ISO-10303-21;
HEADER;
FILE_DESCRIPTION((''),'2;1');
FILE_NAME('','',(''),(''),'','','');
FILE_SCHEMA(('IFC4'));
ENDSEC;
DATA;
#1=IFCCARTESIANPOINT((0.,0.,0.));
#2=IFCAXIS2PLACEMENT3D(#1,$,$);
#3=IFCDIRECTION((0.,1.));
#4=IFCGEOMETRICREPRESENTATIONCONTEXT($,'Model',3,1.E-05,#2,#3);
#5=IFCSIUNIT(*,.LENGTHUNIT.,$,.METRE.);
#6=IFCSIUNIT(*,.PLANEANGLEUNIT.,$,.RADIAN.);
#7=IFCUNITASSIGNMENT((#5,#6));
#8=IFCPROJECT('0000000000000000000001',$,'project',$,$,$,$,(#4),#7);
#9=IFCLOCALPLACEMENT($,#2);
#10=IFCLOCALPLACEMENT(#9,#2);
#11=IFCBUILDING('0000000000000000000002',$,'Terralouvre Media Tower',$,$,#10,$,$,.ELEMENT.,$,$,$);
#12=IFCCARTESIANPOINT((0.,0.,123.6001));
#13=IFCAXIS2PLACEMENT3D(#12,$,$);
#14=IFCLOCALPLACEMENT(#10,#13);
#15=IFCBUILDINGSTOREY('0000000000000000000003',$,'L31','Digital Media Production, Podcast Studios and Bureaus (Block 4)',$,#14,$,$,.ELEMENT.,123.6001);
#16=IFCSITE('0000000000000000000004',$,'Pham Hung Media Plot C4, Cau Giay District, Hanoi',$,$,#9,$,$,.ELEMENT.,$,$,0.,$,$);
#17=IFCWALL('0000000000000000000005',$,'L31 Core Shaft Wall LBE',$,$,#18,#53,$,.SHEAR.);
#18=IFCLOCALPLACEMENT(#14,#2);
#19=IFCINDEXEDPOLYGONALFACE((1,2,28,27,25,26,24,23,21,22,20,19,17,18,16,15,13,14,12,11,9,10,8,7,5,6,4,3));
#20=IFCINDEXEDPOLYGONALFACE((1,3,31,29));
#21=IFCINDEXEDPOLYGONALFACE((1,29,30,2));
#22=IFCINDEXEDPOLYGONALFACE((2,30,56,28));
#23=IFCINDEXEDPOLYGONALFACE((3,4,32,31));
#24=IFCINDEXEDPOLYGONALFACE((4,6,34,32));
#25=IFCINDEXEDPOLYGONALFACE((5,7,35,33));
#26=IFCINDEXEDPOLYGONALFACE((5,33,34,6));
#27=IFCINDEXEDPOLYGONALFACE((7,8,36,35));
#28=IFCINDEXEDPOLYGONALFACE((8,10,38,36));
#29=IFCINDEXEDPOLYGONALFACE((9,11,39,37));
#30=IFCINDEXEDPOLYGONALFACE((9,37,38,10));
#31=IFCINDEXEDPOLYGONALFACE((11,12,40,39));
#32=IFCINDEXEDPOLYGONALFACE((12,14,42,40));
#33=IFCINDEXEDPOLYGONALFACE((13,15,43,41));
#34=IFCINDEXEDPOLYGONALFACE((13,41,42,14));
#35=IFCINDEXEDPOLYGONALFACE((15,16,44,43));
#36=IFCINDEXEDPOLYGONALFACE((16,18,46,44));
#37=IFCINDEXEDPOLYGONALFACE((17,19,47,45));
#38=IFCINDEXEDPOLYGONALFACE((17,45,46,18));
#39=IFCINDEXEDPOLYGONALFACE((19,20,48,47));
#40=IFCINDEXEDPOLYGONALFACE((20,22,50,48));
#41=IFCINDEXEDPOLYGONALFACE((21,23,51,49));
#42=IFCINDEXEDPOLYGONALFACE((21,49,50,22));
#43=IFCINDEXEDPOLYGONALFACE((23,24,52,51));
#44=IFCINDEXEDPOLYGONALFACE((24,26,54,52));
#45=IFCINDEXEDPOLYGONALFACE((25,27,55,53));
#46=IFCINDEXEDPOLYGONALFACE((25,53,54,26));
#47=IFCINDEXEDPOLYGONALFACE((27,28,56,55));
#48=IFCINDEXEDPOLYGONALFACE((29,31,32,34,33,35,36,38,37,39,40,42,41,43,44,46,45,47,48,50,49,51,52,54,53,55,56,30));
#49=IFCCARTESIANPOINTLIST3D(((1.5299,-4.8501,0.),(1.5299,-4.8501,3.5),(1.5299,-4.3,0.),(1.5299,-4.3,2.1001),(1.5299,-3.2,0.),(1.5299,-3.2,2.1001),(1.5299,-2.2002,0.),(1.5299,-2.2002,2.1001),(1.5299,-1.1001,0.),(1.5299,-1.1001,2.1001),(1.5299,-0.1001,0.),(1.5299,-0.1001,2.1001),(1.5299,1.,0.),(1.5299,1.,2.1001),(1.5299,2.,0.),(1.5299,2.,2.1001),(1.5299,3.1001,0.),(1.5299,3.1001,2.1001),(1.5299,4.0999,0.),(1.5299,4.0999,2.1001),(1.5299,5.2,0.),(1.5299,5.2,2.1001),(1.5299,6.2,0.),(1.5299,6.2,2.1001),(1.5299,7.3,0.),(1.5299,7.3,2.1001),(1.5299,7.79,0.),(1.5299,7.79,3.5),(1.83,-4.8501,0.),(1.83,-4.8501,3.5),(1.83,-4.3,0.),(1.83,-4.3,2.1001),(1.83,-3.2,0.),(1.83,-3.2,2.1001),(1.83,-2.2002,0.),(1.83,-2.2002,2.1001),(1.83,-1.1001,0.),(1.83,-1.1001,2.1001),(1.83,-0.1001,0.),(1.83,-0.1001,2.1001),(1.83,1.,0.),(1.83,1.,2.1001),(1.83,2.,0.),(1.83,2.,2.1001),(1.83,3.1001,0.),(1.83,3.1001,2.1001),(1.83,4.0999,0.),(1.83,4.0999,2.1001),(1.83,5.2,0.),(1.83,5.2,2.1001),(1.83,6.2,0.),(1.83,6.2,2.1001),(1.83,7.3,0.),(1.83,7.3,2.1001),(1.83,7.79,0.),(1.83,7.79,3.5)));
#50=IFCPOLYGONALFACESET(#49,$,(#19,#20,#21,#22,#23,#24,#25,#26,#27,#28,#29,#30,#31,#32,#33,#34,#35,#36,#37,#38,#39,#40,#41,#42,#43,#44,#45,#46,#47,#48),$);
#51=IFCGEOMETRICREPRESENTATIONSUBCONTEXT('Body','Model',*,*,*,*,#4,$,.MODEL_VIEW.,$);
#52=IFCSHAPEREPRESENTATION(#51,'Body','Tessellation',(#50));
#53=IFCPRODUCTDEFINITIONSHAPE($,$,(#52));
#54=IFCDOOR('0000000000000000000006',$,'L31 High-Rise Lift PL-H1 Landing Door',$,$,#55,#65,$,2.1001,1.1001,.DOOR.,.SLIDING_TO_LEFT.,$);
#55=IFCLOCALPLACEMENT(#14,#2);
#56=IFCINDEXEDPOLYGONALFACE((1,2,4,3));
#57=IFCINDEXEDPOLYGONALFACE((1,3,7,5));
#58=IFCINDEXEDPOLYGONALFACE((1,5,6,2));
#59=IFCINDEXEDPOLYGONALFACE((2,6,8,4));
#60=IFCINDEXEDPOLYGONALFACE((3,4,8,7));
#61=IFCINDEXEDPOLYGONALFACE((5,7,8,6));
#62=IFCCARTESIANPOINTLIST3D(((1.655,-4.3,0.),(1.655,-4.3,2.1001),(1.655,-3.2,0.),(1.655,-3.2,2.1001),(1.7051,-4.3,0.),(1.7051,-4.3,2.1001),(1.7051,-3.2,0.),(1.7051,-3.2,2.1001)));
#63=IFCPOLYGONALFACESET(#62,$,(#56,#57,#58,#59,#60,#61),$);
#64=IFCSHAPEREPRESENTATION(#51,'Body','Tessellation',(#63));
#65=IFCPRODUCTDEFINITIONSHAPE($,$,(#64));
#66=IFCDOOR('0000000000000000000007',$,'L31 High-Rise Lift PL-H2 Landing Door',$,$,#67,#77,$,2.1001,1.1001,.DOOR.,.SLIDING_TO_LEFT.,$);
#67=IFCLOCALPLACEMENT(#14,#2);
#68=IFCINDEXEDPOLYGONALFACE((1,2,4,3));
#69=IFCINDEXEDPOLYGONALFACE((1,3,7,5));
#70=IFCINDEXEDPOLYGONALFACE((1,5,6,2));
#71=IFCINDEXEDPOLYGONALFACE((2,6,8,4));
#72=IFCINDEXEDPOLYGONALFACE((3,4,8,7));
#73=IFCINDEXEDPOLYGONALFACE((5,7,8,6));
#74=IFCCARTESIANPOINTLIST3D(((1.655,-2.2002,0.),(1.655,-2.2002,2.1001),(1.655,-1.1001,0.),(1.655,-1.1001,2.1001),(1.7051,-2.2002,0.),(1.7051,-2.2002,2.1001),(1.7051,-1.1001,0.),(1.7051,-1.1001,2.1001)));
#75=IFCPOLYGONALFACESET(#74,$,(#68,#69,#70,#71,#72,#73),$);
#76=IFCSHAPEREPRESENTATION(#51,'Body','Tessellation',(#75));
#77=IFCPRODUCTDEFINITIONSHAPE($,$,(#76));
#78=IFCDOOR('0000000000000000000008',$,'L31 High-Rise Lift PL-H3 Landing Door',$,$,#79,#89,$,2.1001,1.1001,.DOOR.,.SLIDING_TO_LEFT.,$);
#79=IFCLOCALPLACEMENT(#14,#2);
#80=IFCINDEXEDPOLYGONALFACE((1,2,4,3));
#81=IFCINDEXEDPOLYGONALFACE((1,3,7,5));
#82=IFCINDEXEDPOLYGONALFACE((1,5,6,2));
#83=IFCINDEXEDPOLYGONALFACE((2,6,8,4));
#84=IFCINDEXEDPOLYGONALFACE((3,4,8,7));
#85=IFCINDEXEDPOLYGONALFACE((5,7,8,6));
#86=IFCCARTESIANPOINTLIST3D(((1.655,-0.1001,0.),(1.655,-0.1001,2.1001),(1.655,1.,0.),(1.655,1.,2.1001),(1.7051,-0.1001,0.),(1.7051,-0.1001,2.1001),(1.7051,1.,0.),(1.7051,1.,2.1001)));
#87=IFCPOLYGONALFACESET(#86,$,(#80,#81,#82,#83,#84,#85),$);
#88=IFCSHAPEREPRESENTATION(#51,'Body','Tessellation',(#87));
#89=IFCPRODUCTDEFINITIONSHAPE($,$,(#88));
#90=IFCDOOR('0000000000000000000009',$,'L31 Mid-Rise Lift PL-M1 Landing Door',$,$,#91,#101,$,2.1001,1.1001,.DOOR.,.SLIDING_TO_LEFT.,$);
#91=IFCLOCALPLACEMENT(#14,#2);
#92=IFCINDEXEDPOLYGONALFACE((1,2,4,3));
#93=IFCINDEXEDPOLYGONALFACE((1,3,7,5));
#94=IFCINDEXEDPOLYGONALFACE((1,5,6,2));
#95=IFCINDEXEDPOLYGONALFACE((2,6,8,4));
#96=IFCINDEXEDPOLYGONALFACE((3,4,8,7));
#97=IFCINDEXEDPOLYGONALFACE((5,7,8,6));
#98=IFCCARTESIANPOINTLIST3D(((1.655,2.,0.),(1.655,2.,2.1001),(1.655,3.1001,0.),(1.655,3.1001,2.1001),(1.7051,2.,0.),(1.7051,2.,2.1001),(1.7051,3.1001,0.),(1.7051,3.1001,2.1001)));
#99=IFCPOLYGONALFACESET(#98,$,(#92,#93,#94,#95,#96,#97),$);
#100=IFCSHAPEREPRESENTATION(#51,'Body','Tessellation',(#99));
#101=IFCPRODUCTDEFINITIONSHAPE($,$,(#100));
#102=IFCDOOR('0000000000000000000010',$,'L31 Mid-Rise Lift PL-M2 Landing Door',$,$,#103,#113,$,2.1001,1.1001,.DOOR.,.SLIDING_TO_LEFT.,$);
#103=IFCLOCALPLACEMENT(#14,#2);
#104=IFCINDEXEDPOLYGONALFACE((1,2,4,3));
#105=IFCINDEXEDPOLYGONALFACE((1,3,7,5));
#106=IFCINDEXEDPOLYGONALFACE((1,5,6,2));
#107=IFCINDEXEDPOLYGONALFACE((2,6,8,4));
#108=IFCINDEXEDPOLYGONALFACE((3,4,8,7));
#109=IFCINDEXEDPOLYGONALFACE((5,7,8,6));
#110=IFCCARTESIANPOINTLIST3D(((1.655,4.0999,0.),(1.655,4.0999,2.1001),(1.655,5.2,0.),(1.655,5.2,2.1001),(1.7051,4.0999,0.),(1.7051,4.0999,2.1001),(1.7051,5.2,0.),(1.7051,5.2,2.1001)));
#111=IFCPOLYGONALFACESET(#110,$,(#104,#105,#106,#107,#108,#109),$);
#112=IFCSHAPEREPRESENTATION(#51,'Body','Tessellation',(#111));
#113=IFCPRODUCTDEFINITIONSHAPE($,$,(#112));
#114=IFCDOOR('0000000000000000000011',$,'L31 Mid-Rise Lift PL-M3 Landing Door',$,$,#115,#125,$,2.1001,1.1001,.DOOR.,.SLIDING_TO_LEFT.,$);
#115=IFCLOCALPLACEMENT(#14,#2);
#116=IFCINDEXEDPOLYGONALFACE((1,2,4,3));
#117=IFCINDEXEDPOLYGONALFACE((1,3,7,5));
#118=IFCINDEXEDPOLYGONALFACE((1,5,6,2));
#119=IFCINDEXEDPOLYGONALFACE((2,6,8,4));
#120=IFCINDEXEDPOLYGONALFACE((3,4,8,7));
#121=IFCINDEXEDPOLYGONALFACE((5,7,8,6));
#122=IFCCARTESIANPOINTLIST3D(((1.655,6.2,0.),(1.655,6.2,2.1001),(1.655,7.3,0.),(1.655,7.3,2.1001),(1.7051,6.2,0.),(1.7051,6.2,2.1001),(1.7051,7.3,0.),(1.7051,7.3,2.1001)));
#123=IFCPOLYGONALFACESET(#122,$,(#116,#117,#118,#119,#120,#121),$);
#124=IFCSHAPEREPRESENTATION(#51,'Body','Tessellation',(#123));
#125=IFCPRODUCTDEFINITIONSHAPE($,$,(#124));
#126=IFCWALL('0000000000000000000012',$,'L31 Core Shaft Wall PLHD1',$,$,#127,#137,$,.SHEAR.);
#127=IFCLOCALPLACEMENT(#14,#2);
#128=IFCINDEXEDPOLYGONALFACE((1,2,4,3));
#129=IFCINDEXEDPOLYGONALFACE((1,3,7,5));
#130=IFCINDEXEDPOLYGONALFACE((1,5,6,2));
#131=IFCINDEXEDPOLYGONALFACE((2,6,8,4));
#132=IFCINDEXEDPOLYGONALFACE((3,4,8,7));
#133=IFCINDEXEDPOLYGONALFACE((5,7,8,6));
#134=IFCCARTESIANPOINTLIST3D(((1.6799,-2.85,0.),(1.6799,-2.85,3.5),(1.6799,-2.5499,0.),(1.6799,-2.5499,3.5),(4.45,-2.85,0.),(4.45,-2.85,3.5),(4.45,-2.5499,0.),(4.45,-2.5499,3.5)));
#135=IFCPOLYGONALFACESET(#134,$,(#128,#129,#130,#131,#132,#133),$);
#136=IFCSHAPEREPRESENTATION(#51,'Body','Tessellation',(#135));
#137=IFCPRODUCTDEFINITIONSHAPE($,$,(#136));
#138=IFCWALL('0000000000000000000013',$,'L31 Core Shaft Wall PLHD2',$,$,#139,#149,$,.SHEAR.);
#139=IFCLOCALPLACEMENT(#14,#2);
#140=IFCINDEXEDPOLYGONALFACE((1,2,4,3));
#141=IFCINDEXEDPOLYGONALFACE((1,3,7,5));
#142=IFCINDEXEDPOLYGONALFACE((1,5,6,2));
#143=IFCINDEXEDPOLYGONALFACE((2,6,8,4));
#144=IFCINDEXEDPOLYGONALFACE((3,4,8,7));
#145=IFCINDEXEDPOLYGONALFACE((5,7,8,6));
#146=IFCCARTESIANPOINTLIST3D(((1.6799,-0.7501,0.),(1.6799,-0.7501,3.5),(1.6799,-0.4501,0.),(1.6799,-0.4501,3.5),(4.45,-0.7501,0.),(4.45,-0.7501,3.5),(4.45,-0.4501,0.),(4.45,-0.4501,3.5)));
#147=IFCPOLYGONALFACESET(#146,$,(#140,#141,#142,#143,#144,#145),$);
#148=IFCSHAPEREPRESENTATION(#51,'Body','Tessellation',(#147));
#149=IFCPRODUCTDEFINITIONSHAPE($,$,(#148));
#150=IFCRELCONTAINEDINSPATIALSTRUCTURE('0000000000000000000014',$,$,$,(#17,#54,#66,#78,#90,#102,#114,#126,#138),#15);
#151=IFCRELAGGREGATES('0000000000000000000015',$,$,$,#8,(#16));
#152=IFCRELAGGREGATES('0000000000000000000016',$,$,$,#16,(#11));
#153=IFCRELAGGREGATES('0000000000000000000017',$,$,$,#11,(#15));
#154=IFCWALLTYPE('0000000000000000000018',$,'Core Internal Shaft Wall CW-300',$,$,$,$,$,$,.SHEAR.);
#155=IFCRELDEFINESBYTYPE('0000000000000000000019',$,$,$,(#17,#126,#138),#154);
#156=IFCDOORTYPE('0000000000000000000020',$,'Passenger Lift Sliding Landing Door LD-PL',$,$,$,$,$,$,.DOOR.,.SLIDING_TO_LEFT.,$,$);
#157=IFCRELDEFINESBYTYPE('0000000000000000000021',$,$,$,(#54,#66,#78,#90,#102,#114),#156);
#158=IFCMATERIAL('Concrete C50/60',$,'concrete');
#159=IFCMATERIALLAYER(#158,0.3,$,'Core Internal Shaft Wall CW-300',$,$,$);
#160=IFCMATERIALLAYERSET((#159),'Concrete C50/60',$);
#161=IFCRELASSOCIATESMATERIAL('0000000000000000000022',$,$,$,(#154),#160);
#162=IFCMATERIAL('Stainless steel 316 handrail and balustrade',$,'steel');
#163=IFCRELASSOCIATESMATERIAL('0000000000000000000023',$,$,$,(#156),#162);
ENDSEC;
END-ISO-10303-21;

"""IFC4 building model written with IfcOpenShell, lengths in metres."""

from ifc_helpers import new_model, si_unit, direction, frame, frame_2d, origin, place, context, subcontext, project, spatial, rectangle, extrude, material, layer, layer_set, type_object, element, fill, save


model = new_model("IFC4")

# Units and contexts
model_context = context("Model", 3, precision=1e-05, world=origin(), true_north=direction((0.0, 1.0)))
body_context = subcontext(model_context, "Body", "Model", "MODEL_VIEW")
ifc_project = project(units=[si_unit("LENGTHUNIT", "METRE"), si_unit("PLANEANGLEUNIT", "RADIAN")], contexts=[model_context])

# Site, building, storey
site_placement = place(None, origin())
site = spatial("IfcSite", under=ifc_project, at=site_placement, Name="Pham Hung Media Plot C4, Cau Giay District, Hanoi", CompositionType="ELEMENT", RefElevation=0.0)
building_placement = place(site_placement, origin())
building = spatial("IfcBuilding", under=site, at=building_placement, Name="Terralouvre Media Tower", CompositionType="ELEMENT")
storey_placement = place(building_placement, frame((0.0, 0.0, 123.6001)))
storey = spatial("IfcBuildingStorey", under=building, at=storey_placement, Name="L31", Description="Digital Media Production, Podcast Studios and Bureaus (Block 4)", CompositionType="ELEMENT", Elevation=123.6001)

# Shared definitions
ifc_material_1 = material(Name="Concrete C50/60", Category="concrete")
ifc_layer_1 = layer(ifc_material_1, 0.3, Name="Core Internal Shaft Wall CW-300")
ifc_layer_set_1 = layer_set([ifc_layer_1], Name="Concrete C50/60")
wall_type_1 = type_object("IfcWallType", Name="Core Internal Shaft Wall CW-300", PredefinedType="SHEAR", material=ifc_layer_set_1)

# Wall, openings, doors
wall_1_placement = place(storey_placement, frame((1.6799, -4.8501, 0.0), z_axis=(0.0, 0.0, 1.0), x_axis=(0.0, 1.0, 0.0)))
wall_1 = element("IfcWall", 1, at=wall_1_placement, inside=storey, type_object=wall_type_1, Name="L31 Core Shaft Wall LBE", PredefinedType="SHEAR", context=body_context, shape_type="SweptSolid", body=[
    extrude(rectangle(XDim=12.6401, YDim=0.3, at=frame_2d((6.3201, 0.0))), origin(), (0.0, 0.0, 1.0), 3.5),
])
opening_1_placement = place(wall_1_placement, frame((0.55, 0.0, 0.0)))
opening_1 = element("IfcOpeningElement", 2, at=opening_1_placement, cuts=wall_1, PredefinedType="OPENING", context=body_context, shape_type="SweptSolid", body=[
    extrude(rectangle(XDim=1.1001, YDim=2.1001, at=frame_2d((0.55, 1.05))), frame((0.0, 0.1599, 0.0), z_axis=(0.0, -1.0, 0.0), x_axis=(1.0, 0.0, 0.0)), (0.0, 0.0, 1.0), 0.3201),
])
opening_2_placement = place(wall_1_placement, frame((2.6499, 0.0, 0.0)))
opening_2 = element("IfcOpeningElement", 3, at=opening_2_placement, cuts=wall_1, PredefinedType="OPENING", context=body_context, shape_type="SweptSolid", body=[
    extrude(rectangle(XDim=1.1001, YDim=2.1001, at=frame_2d((0.55, 1.05))), frame((0.0, 0.1599, 0.0), z_axis=(0.0, -1.0, 0.0), x_axis=(1.0, 0.0, 0.0)), (0.0, 0.0, 1.0), 0.3201),
])
opening_3_placement = place(wall_1_placement, frame((4.75, 0.0, 0.0)))
opening_3 = element("IfcOpeningElement", 4, at=opening_3_placement, cuts=wall_1, PredefinedType="OPENING", context=body_context, shape_type="SweptSolid", body=[
    extrude(rectangle(XDim=1.1001, YDim=2.1001, at=frame_2d((0.55, 1.05))), frame((0.0, 0.1599, 0.0), z_axis=(0.0, -1.0, 0.0), x_axis=(1.0, 0.0, 0.0)), (0.0, 0.0, 1.0), 0.3201),
])
opening_4_placement = place(wall_1_placement, frame((6.8501, 0.0, 0.0)))
opening_4 = element("IfcOpeningElement", 5, at=opening_4_placement, cuts=wall_1, PredefinedType="OPENING", context=body_context, shape_type="SweptSolid", body=[
    extrude(rectangle(XDim=1.1001, YDim=2.1001, at=frame_2d((0.55, 1.05))), frame((0.0, 0.1599, 0.0), z_axis=(0.0, -1.0, 0.0), x_axis=(1.0, 0.0, 0.0)), (0.0, 0.0, 1.0), 0.3201),
])
opening_5_placement = place(wall_1_placement, frame((8.95, 0.0, 0.0)))
opening_5 = element("IfcOpeningElement", 6, at=opening_5_placement, cuts=wall_1, PredefinedType="OPENING", context=body_context, shape_type="SweptSolid", body=[
    extrude(rectangle(XDim=1.1001, YDim=2.1001, at=frame_2d((0.55, 1.05))), frame((0.0, 0.1599, 0.0), z_axis=(0.0, -1.0, 0.0), x_axis=(1.0, 0.0, 0.0)), (0.0, 0.0, 1.0), 0.3201),
])
opening_6_placement = place(wall_1_placement, frame((11.05, 0.0, 0.0)))
opening_6 = element("IfcOpeningElement", 7, at=opening_6_placement, cuts=wall_1, PredefinedType="OPENING", context=body_context, shape_type="SweptSolid", body=[
    extrude(rectangle(XDim=1.1001, YDim=2.1001, at=frame_2d((0.55, 1.05))), frame((0.0, 0.1599, 0.0), z_axis=(0.0, -1.0, 0.0), x_axis=(1.0, 0.0, 0.0)), (0.0, 0.0, 1.0), 0.3201),
])
ifc_material_2 = material(Name="Stainless steel 316 handrail and balustrade", Category="steel")
door_type_1 = type_object("IfcDoorType", Name="Passenger Lift Sliding Landing Door LD-PL", OperationType="SLIDING_TO_LEFT", PredefinedType="DOOR", material=ifc_material_2)
door_1_placement = place(opening_1_placement, origin())
door_1 = element("IfcDoor", 8, at=door_1_placement, inside=storey, type_object=door_type_1, Name="L31 High-Rise Lift PL-H1 Landing Door", OperationType="SLIDING_TO_LEFT", OverallHeight=2.1001, OverallWidth=1.1001, PredefinedType="DOOR", context=body_context, shape_type="SweptSolid", body=[
    extrude(rectangle(XDim=1.1001, YDim=2.1001, at=frame_2d((0.55, 1.05))), frame((0.0, 0.0249, 0.0), z_axis=(0.0, -1.0, 0.0), x_axis=(1.0, 0.0, 0.0)), (0.0, 0.0, 1.0), 0.05),
])
fill(opening_1, door_1)
door_2_placement = place(opening_2_placement, origin())
door_2 = element("IfcDoor", 9, at=door_2_placement, inside=storey, type_object=door_type_1, Name="L31 High-Rise Lift PL-H2 Landing Door", OperationType="SLIDING_TO_LEFT", OverallHeight=2.1001, OverallWidth=1.1001, PredefinedType="DOOR", context=body_context, shape_type="SweptSolid", body=[
    extrude(rectangle(XDim=1.1001, YDim=2.1001, at=frame_2d((0.55, 1.05))), frame((0.0, 0.0249, 0.0), z_axis=(0.0, -1.0, 0.0), x_axis=(1.0, 0.0, 0.0)), (0.0, 0.0, 1.0), 0.05),
])
fill(opening_2, door_2)
door_3_placement = place(opening_3_placement, origin())
door_3 = element("IfcDoor", 10, at=door_3_placement, inside=storey, type_object=door_type_1, Name="L31 High-Rise Lift PL-H3 Landing Door", OperationType="SLIDING_TO_LEFT", OverallHeight=2.1001, OverallWidth=1.1001, PredefinedType="DOOR", context=body_context, shape_type="SweptSolid", body=[
    extrude(rectangle(XDim=1.1001, YDim=2.1001, at=frame_2d((0.55, 1.05))), frame((0.0, 0.0249, 0.0), z_axis=(0.0, -1.0, 0.0), x_axis=(1.0, 0.0, 0.0)), (0.0, 0.0, 1.0), 0.05),
])
fill(opening_3, door_3)
door_4_placement = place(opening_4_placement, origin())
door_4 = element("IfcDoor", 11, at=door_4_placement, inside=storey, type_object=door_type_1, Name="L31 Mid-Rise Lift PL-M1 Landing Door", OperationType="SLIDING_TO_LEFT", OverallHeight=2.1001, OverallWidth=1.1001, PredefinedType="DOOR", context=body_context, shape_type="SweptSolid", body=[
    extrude(rectangle(XDim=1.1001, YDim=2.1001, at=frame_2d((0.55, 1.05))), frame((0.0, 0.0249, 0.0), z_axis=(0.0, -1.0, 0.0), x_axis=(1.0, 0.0, 0.0)), (0.0, 0.0, 1.0), 0.05),
])
fill(opening_4, door_4)
door_5_placement = place(opening_5_placement, origin())
door_5 = element("IfcDoor", 12, at=door_5_placement, inside=storey, type_object=door_type_1, Name="L31 Mid-Rise Lift PL-M2 Landing Door", OperationType="SLIDING_TO_LEFT", OverallHeight=2.1001, OverallWidth=1.1001, PredefinedType="DOOR", context=body_context, shape_type="SweptSolid", body=[
    extrude(rectangle(XDim=1.1001, YDim=2.1001, at=frame_2d((0.55, 1.05))), frame((0.0, 0.0249, 0.0), z_axis=(0.0, -1.0, 0.0), x_axis=(1.0, 0.0, 0.0)), (0.0, 0.0, 1.0), 0.05),
])
fill(opening_5, door_5)
door_6_placement = place(opening_6_placement, origin())
door_6 = element("IfcDoor", 13, at=door_6_placement, inside=storey, type_object=door_type_1, Name="L31 Mid-Rise Lift PL-M3 Landing Door", OperationType="SLIDING_TO_LEFT", OverallHeight=2.1001, OverallWidth=1.1001, PredefinedType="DOOR", context=body_context, shape_type="SweptSolid", body=[
    extrude(rectangle(XDim=1.1001, YDim=2.1001, at=frame_2d((0.55, 1.05))), frame((0.0, 0.0249, 0.0), z_axis=(0.0, -1.0, 0.0), x_axis=(1.0, 0.0, 0.0)), (0.0, 0.0, 1.0), 0.05),
])
fill(opening_6, door_6)

# Walls
for number, where, z_axis, x_axis, name in (
    (14, (1.6799, -2.7, 0.0), (0.0, 0.0, 1.0), (1.0, 0.0, 0.0), "L31 Core Shaft Wall PLHD1"),
    (15, (1.6799, -0.6001, 0.0), (0.0, 0.0, 1.0), (1.0, 0.0, 0.0), "L31 Core Shaft Wall PLHD2"),
):
    element("IfcWall", number, at=place(storey_placement, frame(where, z_axis=z_axis, x_axis=x_axis)), inside=storey, type_object=wall_type_1, Name=name, PredefinedType="SHEAR", context=body_context, shape_type="SweptSolid", body=[
        extrude(rectangle(XDim=2.77, YDim=0.3, at=frame_2d((1.385, 0.0))), origin(), (0.0, 0.0, 1.0), 3.5),
    ])

save(model, "model.ifc")
